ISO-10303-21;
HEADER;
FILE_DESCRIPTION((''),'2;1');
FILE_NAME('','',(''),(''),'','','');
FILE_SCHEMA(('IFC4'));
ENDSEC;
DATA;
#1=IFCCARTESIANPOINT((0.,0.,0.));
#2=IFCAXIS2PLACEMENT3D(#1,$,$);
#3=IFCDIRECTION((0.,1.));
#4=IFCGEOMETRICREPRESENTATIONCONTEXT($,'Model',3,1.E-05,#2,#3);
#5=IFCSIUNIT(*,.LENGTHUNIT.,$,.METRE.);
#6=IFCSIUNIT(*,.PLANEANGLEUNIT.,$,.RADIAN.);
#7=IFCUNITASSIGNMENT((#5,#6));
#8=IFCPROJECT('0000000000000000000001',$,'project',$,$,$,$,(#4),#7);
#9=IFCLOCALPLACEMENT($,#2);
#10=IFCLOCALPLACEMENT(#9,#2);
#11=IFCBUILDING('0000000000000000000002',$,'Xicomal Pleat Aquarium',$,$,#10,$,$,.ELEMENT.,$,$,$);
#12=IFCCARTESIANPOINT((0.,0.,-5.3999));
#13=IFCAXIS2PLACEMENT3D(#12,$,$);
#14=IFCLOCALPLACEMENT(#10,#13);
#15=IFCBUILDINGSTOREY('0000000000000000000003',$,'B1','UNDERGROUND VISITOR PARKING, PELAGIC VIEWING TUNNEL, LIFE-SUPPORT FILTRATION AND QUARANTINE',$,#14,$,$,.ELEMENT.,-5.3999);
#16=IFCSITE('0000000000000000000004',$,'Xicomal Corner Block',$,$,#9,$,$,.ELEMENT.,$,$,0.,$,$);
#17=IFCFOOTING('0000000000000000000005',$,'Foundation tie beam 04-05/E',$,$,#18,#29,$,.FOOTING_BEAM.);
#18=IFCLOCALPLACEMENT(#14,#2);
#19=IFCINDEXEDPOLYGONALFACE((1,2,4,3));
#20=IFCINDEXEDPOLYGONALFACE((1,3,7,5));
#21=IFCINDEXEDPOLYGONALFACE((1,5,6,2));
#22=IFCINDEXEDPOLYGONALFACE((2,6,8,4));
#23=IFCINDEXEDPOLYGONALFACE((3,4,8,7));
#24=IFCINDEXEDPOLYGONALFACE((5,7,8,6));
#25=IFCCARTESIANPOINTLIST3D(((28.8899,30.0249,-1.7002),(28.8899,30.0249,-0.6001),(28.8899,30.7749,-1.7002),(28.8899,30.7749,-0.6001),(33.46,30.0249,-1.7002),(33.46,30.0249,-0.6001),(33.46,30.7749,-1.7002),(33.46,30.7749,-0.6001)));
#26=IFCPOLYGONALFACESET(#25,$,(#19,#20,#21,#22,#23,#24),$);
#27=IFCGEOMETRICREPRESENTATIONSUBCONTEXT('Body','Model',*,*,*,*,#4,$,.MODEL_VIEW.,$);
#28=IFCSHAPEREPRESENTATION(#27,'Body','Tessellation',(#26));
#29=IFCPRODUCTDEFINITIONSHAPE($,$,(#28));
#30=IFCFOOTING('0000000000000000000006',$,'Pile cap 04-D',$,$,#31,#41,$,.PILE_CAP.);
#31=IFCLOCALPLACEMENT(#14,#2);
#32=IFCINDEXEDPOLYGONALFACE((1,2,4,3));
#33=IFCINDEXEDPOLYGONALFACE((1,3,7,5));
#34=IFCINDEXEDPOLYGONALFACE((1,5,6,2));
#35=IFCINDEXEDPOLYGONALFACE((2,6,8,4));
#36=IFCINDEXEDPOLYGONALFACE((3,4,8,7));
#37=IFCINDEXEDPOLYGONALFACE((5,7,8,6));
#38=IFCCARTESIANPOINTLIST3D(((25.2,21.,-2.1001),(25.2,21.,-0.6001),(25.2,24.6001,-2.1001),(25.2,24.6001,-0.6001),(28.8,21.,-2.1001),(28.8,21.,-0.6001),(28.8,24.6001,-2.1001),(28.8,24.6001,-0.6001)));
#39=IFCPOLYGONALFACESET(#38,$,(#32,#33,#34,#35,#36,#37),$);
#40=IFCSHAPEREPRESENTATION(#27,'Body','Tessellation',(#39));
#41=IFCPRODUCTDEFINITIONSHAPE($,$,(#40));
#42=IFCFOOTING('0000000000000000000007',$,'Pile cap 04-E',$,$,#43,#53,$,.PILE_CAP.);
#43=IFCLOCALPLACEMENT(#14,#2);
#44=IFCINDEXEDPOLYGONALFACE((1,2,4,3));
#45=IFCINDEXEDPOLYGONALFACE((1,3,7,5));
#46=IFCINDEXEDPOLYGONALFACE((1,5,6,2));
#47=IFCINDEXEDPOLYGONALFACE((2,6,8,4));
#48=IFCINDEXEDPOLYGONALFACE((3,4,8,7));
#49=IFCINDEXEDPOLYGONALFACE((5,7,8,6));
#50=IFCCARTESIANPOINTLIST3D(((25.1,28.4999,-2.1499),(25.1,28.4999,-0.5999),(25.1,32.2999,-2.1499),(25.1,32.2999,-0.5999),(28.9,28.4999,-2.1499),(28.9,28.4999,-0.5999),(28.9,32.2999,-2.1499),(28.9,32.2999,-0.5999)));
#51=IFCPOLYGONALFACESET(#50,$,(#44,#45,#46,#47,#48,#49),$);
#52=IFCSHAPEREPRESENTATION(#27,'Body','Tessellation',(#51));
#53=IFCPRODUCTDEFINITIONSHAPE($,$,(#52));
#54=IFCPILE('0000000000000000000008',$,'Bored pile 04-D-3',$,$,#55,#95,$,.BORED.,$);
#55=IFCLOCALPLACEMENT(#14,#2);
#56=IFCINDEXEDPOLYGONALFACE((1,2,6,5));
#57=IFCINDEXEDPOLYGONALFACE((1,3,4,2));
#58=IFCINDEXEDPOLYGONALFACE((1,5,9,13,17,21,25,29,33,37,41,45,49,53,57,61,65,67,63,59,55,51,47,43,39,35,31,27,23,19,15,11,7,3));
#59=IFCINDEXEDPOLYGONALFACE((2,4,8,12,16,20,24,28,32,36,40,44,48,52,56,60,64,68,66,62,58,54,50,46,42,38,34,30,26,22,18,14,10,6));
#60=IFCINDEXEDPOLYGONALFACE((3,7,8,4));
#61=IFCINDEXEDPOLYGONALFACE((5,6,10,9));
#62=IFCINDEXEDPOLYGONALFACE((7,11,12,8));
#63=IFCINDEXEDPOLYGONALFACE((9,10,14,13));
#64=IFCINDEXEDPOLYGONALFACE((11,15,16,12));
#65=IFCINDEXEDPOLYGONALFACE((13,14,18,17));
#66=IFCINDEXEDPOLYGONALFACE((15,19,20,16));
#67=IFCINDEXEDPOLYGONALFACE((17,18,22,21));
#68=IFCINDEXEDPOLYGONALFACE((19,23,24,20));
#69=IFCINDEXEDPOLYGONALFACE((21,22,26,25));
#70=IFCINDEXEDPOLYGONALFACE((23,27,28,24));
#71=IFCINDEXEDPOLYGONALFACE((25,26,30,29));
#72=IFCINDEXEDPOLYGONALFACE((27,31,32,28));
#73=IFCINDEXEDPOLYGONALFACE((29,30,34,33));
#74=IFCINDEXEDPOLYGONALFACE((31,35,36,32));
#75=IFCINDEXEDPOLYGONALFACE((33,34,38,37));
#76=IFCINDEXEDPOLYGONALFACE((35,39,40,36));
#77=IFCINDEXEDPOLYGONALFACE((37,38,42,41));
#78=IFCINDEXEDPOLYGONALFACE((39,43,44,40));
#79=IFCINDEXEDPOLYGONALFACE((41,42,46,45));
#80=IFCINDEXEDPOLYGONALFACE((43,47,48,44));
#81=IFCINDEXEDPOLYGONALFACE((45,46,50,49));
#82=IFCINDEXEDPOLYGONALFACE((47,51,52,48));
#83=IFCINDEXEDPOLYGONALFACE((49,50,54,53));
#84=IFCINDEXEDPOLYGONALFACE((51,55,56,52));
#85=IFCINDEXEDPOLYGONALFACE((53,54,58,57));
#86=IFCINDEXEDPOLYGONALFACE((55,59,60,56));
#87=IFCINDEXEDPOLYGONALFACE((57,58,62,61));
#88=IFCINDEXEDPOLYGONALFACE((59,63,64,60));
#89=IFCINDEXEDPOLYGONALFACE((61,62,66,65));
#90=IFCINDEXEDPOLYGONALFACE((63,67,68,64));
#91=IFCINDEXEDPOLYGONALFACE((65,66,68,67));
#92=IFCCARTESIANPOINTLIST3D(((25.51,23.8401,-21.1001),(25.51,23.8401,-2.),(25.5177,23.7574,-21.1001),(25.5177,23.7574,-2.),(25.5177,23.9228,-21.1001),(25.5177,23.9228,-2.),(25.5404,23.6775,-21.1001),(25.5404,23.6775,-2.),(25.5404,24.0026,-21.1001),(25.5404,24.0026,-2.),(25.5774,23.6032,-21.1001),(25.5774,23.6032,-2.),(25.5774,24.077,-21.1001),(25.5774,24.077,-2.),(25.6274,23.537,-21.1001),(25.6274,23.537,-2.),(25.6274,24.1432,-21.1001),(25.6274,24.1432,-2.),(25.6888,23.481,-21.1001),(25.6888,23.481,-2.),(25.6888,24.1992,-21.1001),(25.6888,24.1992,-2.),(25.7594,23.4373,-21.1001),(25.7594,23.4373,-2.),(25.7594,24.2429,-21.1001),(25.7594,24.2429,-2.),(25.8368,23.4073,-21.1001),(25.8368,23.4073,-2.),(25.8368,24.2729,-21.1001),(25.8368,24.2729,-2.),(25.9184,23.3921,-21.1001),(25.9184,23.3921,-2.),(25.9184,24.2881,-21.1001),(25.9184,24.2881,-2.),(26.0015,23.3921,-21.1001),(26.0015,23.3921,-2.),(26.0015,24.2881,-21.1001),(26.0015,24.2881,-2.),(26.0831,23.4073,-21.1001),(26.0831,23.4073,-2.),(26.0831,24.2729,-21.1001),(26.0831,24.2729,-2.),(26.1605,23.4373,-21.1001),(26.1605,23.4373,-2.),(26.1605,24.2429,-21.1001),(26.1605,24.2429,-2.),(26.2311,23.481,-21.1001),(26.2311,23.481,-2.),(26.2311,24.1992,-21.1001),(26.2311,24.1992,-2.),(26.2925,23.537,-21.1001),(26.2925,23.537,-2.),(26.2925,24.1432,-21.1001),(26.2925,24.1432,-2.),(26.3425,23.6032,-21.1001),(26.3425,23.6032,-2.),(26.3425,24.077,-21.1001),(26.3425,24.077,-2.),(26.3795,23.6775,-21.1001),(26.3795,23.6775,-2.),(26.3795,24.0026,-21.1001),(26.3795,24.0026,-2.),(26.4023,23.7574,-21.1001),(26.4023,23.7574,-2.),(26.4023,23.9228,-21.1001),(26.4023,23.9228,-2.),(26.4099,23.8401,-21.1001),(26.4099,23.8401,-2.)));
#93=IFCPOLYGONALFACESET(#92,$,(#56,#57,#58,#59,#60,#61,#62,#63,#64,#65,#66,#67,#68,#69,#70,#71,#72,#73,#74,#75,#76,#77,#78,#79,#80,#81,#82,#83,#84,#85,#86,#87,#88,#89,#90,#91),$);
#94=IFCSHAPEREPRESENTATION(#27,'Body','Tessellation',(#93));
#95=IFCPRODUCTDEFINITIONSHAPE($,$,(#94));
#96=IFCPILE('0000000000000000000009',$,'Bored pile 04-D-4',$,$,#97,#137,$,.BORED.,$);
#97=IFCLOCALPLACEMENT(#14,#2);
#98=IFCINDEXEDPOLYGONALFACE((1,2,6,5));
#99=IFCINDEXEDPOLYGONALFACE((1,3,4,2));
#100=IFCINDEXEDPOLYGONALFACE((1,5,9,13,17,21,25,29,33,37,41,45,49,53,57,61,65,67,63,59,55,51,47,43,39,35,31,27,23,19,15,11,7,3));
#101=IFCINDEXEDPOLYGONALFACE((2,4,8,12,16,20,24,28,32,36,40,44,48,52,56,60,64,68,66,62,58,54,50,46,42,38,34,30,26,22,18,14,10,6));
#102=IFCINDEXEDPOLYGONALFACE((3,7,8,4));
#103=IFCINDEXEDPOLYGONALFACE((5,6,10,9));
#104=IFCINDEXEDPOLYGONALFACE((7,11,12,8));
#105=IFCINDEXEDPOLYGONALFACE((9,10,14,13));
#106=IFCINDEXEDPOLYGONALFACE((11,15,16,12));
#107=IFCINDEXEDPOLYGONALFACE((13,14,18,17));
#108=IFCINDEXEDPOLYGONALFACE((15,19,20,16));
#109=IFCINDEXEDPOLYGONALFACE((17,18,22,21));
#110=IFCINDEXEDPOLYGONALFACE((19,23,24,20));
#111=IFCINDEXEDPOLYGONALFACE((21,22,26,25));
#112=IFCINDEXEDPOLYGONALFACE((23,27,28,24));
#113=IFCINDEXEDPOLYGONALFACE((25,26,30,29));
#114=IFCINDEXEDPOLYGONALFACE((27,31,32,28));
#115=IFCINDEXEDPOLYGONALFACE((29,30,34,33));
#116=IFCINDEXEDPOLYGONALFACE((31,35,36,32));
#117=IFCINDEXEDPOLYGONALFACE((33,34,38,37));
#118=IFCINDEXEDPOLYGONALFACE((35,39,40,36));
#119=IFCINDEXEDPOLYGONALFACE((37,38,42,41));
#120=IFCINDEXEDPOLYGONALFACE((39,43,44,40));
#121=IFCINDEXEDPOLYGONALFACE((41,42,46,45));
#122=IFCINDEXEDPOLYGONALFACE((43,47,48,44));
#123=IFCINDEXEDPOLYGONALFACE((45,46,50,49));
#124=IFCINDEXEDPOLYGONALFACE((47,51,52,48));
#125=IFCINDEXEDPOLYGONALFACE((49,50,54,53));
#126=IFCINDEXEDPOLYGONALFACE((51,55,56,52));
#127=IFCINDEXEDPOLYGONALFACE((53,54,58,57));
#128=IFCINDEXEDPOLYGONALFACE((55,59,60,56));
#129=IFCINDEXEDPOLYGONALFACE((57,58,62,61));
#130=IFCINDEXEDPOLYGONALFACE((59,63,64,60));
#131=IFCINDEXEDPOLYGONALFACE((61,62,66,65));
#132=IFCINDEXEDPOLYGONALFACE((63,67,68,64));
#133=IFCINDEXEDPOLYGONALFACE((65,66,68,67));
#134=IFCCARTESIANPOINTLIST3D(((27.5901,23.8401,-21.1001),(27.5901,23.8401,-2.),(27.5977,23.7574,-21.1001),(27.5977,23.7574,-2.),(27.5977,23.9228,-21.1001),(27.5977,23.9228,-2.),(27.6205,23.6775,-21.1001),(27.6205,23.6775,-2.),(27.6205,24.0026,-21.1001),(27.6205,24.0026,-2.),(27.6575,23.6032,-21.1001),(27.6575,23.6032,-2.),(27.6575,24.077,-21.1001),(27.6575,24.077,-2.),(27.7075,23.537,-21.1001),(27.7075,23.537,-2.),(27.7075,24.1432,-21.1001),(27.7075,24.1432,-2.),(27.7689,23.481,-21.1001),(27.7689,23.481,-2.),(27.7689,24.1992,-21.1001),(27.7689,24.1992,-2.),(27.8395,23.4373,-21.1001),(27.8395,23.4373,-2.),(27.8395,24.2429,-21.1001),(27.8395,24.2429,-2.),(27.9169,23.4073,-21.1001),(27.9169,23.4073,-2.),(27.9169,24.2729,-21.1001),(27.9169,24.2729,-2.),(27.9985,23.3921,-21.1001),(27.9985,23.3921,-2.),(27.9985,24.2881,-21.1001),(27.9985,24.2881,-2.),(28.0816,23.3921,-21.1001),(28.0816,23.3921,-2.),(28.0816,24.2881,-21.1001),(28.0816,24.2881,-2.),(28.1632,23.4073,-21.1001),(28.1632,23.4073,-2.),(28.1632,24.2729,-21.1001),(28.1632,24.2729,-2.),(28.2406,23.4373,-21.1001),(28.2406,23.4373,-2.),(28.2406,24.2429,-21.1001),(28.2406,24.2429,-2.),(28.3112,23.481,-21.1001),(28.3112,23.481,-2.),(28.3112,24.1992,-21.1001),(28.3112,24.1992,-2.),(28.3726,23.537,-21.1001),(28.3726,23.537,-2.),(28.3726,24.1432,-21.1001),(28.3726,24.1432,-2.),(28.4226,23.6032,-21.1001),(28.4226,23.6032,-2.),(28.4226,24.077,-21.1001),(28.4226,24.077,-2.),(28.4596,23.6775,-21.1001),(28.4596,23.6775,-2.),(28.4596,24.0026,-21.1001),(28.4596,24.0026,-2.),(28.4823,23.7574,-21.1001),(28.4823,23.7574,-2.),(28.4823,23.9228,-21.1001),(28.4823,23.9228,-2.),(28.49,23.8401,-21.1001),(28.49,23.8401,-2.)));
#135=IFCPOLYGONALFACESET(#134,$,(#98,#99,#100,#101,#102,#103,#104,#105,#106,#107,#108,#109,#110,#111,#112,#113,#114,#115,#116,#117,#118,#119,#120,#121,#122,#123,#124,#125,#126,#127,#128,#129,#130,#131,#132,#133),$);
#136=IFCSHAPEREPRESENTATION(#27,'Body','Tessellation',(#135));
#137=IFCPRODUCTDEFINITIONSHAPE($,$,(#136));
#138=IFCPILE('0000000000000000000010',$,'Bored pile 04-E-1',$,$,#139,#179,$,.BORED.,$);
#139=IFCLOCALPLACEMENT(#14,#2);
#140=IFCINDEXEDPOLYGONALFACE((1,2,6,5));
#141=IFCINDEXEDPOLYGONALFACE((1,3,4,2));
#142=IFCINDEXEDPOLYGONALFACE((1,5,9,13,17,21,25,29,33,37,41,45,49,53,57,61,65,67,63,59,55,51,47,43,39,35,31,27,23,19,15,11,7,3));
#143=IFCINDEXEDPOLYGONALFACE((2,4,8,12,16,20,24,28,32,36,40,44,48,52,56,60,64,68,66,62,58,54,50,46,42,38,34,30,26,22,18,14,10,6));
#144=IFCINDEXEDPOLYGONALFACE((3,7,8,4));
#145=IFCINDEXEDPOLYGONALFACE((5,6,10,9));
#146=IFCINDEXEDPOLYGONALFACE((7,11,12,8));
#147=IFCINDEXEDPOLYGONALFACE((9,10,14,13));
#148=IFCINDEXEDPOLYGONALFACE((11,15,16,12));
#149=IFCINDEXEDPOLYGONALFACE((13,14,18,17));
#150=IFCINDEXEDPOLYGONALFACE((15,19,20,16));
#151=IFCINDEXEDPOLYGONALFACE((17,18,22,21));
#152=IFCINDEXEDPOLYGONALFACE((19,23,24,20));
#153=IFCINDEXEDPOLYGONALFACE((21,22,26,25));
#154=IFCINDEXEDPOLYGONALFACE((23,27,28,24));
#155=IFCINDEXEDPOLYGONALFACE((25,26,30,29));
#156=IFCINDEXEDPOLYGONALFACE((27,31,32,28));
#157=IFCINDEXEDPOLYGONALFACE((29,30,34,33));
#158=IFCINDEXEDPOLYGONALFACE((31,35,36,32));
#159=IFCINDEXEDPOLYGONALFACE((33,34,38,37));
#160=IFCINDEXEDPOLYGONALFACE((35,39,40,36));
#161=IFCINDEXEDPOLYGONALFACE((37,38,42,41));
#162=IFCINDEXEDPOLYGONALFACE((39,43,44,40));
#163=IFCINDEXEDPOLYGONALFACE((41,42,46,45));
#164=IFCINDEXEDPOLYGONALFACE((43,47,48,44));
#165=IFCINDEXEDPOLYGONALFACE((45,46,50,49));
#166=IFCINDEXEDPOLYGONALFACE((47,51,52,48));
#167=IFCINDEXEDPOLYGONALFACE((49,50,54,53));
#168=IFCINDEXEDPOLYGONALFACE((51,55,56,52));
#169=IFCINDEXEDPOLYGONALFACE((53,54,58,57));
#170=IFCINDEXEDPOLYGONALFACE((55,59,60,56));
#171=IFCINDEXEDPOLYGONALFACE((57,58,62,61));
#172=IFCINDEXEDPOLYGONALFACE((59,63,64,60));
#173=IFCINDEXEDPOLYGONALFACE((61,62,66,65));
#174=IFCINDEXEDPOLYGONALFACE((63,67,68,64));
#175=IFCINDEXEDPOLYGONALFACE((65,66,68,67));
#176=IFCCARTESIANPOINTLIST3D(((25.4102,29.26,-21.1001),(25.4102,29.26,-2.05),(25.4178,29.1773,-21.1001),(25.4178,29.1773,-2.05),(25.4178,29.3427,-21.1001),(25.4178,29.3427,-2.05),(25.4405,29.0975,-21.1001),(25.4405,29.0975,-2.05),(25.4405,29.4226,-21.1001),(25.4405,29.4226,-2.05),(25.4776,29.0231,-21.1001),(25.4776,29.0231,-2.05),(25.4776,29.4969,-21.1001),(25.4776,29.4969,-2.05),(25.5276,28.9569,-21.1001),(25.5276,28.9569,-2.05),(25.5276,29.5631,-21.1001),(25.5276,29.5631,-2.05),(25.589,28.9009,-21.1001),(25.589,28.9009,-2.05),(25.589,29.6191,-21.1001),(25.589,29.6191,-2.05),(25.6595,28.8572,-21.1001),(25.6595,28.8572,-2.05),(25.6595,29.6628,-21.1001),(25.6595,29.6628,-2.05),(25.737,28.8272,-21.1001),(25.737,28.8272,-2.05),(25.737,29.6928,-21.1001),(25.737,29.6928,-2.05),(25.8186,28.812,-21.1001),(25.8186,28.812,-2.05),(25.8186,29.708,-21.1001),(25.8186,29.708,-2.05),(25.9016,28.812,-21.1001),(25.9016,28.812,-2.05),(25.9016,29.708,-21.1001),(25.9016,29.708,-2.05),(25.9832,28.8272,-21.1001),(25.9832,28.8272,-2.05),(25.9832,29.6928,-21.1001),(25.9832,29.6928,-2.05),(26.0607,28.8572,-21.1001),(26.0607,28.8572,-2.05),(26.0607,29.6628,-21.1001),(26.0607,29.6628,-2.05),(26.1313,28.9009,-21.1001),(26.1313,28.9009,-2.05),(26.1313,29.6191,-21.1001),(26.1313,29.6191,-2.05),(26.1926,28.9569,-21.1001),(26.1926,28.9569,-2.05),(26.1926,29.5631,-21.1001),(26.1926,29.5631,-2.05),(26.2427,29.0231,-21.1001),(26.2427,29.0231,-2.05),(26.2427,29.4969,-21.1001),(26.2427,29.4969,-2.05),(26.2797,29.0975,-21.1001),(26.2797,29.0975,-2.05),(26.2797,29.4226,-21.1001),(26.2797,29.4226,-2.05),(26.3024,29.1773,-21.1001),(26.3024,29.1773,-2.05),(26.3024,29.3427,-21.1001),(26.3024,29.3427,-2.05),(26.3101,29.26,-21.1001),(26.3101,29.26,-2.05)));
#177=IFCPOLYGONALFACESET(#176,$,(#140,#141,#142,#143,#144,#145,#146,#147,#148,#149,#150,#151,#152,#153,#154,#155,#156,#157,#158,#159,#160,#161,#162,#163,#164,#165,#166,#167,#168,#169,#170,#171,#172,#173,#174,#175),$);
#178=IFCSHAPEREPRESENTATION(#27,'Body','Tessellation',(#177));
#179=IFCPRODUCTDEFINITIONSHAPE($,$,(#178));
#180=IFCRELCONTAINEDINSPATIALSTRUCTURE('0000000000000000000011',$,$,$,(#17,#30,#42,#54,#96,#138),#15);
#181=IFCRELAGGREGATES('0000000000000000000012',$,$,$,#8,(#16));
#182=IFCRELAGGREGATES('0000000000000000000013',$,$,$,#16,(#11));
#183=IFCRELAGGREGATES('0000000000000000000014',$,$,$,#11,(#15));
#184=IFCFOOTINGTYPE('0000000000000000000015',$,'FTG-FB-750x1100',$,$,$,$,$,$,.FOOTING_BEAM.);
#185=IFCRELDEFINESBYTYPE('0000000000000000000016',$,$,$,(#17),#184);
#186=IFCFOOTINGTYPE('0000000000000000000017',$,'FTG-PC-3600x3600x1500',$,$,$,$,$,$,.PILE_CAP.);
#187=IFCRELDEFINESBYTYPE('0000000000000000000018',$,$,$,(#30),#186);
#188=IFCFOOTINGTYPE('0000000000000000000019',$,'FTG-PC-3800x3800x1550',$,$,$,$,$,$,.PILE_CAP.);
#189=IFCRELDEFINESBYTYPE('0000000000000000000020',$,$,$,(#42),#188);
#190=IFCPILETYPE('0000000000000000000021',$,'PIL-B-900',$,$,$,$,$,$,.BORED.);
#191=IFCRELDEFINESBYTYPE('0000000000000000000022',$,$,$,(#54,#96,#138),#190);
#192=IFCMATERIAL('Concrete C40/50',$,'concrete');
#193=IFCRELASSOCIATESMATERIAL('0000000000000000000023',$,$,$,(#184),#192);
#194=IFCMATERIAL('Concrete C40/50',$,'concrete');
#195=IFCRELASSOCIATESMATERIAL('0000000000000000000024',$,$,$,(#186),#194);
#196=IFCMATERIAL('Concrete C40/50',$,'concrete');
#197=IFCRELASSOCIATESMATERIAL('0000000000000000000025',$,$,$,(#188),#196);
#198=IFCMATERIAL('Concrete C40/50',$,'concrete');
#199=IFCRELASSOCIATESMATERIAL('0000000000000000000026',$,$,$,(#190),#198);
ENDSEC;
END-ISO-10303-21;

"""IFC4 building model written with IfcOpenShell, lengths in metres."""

from ifc_helpers import new_model, si_unit, direction, frame, origin, origin_2d, place, context, subcontext, project, spatial, rectangle, circle, extrude, material, material_profile, profile_set, type_object, element, save


model = new_model("IFC4")

# Units and contexts
model_context = context("Model", 3, precision=1e-05, world=origin(), true_north=direction((0.0, 1.0)))
body_context = subcontext(model_context, "Body", "Model", "MODEL_VIEW")
ifc_project = project(units=[si_unit("LENGTHUNIT", "METRE"), si_unit("PLANEANGLEUNIT", "RADIAN")], contexts=[model_context])

# Site, building, storey
site_placement = place(None, origin())
site = spatial("IfcSite", under=ifc_project, at=site_placement, Name="Xicomal Corner Block", CompositionType="ELEMENT", RefElevation=0.0)
building_placement = place(site_placement, origin())
building = spatial("IfcBuilding", under=site, at=building_placement, Name="Xicomal Pleat Aquarium", CompositionType="ELEMENT")
storey_placement = place(building_placement, frame((0.0, 0.0, -5.3999)))
storey = spatial("IfcBuildingStorey", under=building, at=storey_placement, Name="B1", Description="UNDERGROUND VISITOR PARKING, PELAGIC VIEWING TUNNEL, LIFE-SUPPORT FILTRATION AND QUARANTINE", CompositionType="ELEMENT", Elevation=-5.3999)

# Footings
ifc_material_1 = material(Name="Concrete C40/50", Category="concrete")
ifc_material_profile_1 = material_profile(ifc_material_1, rectangle(XDim=0.75, YDim=1.1001, at=origin_2d()), Name="FB-04 750x1100")
ifc_profile_set_1 = profile_set([ifc_material_profile_1], Name="Concrete C40/50")
footing_type_1 = type_object("IfcFootingType", Name="FTG-FB-750x1100", PredefinedType="FOOTING_BEAM", material=ifc_profile_set_1)
footing_1_placement = place(storey_placement, frame((28.8899, 30.3999, -1.1501), z_axis=(1.0, 0.0, 0.0), x_axis=(0.0, 1.0, 0.0)))
element("IfcFooting", 1, at=footing_1_placement, inside=storey, type_object=footing_type_1, Name="Foundation tie beam 04-05/E", PredefinedType="FOOTING_BEAM", context=body_context, shape_type="SweptSolid", body=[
    extrude(rectangle(XDim=0.75, YDim=1.1001, at=origin_2d()), origin(), (0.0, 0.0, 1.0), 4.5701),
])
ifc_material_2 = material(Name="Concrete C40/50", Category="concrete")
footing_type_2 = type_object("IfcFootingType", Name="FTG-PC-3600x3600x1500", PredefinedType="PILE_CAP", material=ifc_material_2)
footing_2_placement = place(storey_placement, frame((27.0, 22.8, -2.1001), z_axis=(0.0, 0.0, 1.0), x_axis=(1.0, 0.0, 0.0)))
element("IfcFooting", 2, at=footing_2_placement, inside=storey, type_object=footing_type_2, Name="Pile cap 04-D", PredefinedType="PILE_CAP", context=body_context, shape_type="SweptSolid", body=[
    extrude(rectangle(XDim=3.6001, YDim=3.6001, at=origin_2d()), origin(), (0.0, 0.0, 1.0), 1.5),
])
ifc_material_3 = material(Name="Concrete C40/50", Category="concrete")
footing_type_3 = type_object("IfcFootingType", Name="FTG-PC-3800x3800x1550", PredefinedType="PILE_CAP", material=ifc_material_3)
footing_3_placement = place(storey_placement, frame((27.0, 30.3999, -2.1499), z_axis=(0.0, 0.0, 1.0), x_axis=(1.0, 0.0, 0.0)))
element("IfcFooting", 3, at=footing_3_placement, inside=storey, type_object=footing_type_3, Name="Pile cap 04-E", PredefinedType="PILE_CAP", context=body_context, shape_type="SweptSolid", body=[
    extrude(rectangle(XDim=3.8, YDim=3.8, at=origin_2d()), origin(), (0.0, 0.0, 1.0), 1.55),
])

# Piles
ifc_material_4 = material(Name="Concrete C40/50", Category="concrete")
ifc_material_profile_2 = material_profile(ifc_material_4, circle(Radius=0.45, at=origin_2d()), Name="BORED PILE D900")
ifc_profile_set_2 = profile_set([ifc_material_profile_2], Name="Concrete C40/50")
pile_type = type_object("IfcPileType", Name="PIL-B-900", PredefinedType="BORED", material=ifc_profile_set_2)
for number, where, z_axis, x_axis, name in (
    (4, (25.96, 23.8401, -2.0), (0.0, 0.0, -1.0), (1.0, 0.0, 0.0), "Bored pile 04-D-3"),
    (5, (28.04, 23.8401, -2.0), (0.0, 0.0, -1.0), (1.0, 0.0, 0.0), "Bored pile 04-D-4"),
):
    element("IfcPile", number, at=place(storey_placement, frame(where, z_axis=z_axis, x_axis=x_axis)), inside=storey, type_object=pile_type, Name=name, PredefinedType="BORED", context=body_context, shape_type="SweptSolid", body=[
        extrude(circle(Radius=0.45, at=origin_2d()), origin(), (0.0, 0.0, 1.0), 19.1001),
    ])
for number, where, z_axis, x_axis, name in (
    (6, (25.8601, 29.26, -2.05), (0.0, 0.0, -1.0), (1.0, 0.0, 0.0), "Bored pile 04-E-1"),
):
    element("IfcPile", number, at=place(storey_placement, frame(where, z_axis=z_axis, x_axis=x_axis)), inside=storey, type_object=pile_type, Name=name, PredefinedType="BORED", context=body_context, shape_type="SweptSolid", body=[
        extrude(circle(Radius=0.45, at=origin_2d()), origin(), (0.0, 0.0, 1.0), 19.05),
    ])

save(model, "model.ifc")
